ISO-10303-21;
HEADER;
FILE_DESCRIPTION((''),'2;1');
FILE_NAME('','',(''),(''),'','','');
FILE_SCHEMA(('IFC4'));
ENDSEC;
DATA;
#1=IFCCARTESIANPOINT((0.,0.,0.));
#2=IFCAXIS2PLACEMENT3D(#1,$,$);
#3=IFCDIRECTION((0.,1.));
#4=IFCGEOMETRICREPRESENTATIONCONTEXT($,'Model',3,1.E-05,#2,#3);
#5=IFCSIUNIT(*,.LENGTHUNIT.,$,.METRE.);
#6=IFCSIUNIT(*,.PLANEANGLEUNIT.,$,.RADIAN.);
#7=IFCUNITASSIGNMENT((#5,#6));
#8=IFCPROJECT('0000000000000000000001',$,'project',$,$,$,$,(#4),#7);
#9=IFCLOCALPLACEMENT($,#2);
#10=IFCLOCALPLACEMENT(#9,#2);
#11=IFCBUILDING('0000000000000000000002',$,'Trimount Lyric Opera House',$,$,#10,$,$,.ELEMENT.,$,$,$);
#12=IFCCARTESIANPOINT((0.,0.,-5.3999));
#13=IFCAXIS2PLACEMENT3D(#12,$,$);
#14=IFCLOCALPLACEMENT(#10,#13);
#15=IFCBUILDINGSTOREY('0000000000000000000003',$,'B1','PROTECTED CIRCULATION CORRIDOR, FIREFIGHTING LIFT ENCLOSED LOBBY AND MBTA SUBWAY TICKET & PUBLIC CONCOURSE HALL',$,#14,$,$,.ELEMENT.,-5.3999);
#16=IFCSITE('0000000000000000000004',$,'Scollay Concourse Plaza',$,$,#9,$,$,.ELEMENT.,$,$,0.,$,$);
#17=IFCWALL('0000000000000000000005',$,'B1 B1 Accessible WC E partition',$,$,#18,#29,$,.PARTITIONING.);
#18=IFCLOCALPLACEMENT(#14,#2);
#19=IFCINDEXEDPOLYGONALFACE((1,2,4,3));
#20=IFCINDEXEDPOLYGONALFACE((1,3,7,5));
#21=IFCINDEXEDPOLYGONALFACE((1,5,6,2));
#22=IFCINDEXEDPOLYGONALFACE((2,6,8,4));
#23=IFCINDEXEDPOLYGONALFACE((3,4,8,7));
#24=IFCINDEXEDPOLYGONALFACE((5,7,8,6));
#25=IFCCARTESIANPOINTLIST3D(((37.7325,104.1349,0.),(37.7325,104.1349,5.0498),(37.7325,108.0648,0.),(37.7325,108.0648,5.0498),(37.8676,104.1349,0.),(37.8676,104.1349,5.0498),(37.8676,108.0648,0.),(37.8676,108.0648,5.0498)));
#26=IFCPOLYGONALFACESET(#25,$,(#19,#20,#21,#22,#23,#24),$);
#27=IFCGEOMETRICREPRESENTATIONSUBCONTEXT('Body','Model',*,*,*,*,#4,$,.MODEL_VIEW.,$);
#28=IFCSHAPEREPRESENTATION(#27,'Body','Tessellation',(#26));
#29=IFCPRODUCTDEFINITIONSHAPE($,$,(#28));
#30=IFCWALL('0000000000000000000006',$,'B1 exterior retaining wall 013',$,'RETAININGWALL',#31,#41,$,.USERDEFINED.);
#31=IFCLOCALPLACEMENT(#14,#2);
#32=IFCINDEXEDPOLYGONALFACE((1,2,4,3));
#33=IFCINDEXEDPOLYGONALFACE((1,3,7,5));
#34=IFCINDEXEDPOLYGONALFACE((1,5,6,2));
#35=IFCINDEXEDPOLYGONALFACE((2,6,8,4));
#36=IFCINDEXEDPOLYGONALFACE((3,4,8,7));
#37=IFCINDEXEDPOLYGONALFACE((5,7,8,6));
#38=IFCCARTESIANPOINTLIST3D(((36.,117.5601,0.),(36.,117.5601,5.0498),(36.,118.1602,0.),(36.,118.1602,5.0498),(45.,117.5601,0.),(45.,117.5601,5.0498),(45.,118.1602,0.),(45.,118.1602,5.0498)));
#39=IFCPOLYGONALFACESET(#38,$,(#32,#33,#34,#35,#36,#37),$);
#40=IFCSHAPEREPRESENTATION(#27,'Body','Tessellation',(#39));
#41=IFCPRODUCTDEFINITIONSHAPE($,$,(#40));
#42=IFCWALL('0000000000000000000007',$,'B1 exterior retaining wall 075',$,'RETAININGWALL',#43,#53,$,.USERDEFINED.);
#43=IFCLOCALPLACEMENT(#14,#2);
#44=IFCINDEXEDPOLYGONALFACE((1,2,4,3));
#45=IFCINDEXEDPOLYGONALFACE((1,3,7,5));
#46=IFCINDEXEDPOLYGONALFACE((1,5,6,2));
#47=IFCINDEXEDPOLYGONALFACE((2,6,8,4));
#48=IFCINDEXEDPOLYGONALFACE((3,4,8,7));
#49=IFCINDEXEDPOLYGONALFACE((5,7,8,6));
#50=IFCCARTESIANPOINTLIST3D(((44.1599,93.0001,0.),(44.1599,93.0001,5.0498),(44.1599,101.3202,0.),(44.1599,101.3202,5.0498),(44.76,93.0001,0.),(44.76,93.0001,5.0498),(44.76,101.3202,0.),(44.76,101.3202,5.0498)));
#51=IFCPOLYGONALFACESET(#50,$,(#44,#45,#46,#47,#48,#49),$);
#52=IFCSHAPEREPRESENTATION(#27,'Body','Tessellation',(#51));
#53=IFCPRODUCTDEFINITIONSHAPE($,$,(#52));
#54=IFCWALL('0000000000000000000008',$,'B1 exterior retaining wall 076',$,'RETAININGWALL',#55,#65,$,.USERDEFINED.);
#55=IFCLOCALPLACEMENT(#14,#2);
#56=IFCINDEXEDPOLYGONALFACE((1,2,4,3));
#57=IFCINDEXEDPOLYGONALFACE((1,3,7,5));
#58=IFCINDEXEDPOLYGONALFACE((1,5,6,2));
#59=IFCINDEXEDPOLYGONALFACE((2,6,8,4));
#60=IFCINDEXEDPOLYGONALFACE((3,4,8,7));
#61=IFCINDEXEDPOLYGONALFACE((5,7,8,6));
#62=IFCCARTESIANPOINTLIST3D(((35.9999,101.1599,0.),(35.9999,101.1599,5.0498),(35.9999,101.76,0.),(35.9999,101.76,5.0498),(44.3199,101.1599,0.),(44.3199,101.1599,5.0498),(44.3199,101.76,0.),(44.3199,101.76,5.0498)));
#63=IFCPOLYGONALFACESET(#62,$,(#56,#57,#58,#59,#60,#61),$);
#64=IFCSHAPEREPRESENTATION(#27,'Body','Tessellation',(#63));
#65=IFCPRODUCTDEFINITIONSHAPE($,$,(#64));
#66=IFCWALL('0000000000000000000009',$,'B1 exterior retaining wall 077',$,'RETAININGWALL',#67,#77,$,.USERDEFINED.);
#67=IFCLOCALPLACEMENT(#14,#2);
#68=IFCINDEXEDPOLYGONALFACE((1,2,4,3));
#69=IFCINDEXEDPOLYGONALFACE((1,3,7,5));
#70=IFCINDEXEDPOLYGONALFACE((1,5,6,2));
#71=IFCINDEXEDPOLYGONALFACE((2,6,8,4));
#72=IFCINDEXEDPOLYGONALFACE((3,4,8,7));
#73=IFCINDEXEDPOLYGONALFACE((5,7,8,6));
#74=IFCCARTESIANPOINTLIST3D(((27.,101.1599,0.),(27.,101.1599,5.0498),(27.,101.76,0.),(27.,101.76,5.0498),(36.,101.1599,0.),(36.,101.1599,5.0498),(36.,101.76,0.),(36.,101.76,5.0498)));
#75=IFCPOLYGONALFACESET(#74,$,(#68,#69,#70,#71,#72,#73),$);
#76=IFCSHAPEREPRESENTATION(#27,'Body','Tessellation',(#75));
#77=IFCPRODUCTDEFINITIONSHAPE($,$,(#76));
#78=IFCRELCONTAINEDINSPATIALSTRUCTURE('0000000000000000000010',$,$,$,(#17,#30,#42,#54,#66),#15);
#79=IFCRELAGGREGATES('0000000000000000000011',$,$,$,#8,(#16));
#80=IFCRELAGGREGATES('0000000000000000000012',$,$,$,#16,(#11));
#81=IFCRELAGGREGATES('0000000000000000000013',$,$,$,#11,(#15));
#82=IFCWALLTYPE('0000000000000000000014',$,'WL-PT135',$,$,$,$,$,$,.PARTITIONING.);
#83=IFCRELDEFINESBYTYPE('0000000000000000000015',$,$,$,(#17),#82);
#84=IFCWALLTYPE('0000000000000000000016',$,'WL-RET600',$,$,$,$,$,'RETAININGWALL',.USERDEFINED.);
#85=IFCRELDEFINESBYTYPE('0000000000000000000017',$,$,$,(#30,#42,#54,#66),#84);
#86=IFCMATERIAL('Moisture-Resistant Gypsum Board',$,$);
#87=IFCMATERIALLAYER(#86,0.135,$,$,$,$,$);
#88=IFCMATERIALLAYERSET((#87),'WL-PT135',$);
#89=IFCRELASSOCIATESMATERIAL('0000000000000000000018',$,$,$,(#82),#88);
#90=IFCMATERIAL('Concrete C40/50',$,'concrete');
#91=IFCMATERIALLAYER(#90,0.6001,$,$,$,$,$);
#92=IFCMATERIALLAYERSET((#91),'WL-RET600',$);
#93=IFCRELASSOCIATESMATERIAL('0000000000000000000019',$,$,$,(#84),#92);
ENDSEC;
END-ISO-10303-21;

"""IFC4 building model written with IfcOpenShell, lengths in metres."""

from ifc_helpers import new_model, si_unit, direction, frame, frame_2d, origin, place, context, subcontext, project, spatial, rectangle, extrude, material, layer, layer_set, type_object, element, save


model = new_model("IFC4")

# Units and contexts
model_context = context("Model", 3, precision=1e-05, world=origin(), true_north=direction((0.0, 1.0)))
body_context = subcontext(model_context, "Body", "Model", "MODEL_VIEW")
ifc_project = project(units=[si_unit("LENGTHUNIT", "METRE"), si_unit("PLANEANGLEUNIT", "RADIAN")], contexts=[model_context])

# Site, building, storey
site_placement = place(None, origin())
site = spatial("IfcSite", under=ifc_project, at=site_placement, Name="Scollay Concourse Plaza", CompositionType="ELEMENT", RefElevation=0.0)
building_placement = place(site_placement, origin())
building = spatial("IfcBuilding", under=site, at=building_placement, Name="Trimount Lyric Opera House", CompositionType="ELEMENT")
storey_placement = place(building_placement, frame((0.0, 0.0, -5.3999)))
storey = spatial("IfcBuildingStorey", under=building, at=storey_placement, Name="B1", Description="PROTECTED CIRCULATION CORRIDOR, FIREFIGHTING LIFT ENCLOSED LOBBY AND MBTA SUBWAY TICKET & PUBLIC CONCOURSE HALL", CompositionType="ELEMENT", Elevation=-5.3999)

# Shared definitions
ifc_material_1 = material(Name="Moisture-Resistant Gypsum Board")
ifc_layer_1 = layer(ifc_material_1, 0.135)
ifc_layer_set_1 = layer_set([ifc_layer_1], Name="WL-PT135")
wall_type_1 = type_object("IfcWallType", Name="WL-PT135", PredefinedType="PARTITIONING", material=ifc_layer_set_1)

# Walls
wall_1_placement = place(storey_placement, frame((37.8, 104.135, 0.0), z_axis=(0.0, 0.0, 1.0), x_axis=(0.0, 1.0, 0.0)))
element("IfcWall", 1, at=wall_1_placement, inside=storey, type_object=wall_type_1, Name="B1 B1 Accessible WC E partition", PredefinedType="PARTITIONING", context=body_context, shape_type="SweptSolid", body=[
    extrude(rectangle(XDim=3.9299, YDim=0.135, at=frame_2d((1.9648, 0.0))), origin(), (0.0, 0.0, 1.0), 5.0498),
])
ifc_material_2 = material(Name="Concrete C40/50", Category="concrete")
ifc_layer_2 = layer(ifc_material_2, 0.6001)
ifc_layer_set_2 = layer_set([ifc_layer_2], Name="WL-RET600")
wall_type_2 = type_object("IfcWallType", Name="WL-RET600", ElementType="RETAININGWALL", PredefinedType="USERDEFINED", material=ifc_layer_set_2)
wall_2_placement = place(storey_placement, frame((36.0, 117.8601, 0.0), z_axis=(0.0, 0.0, 1.0), x_axis=(1.0, 0.0, 0.0)))
element("IfcWall", 2, at=wall_2_placement, inside=storey, type_object=wall_type_2, Name="B1 exterior retaining wall 013", ObjectType="RETAININGWALL", PredefinedType="USERDEFINED", context=body_context, shape_type="SweptSolid", body=[
    extrude(rectangle(XDim=9.0, YDim=0.6001, at=frame_2d((4.5, 0.0))), origin(), (0.0, 0.0, 1.0), 5.0498),
])
for number, where, z_axis, x_axis, name in (
    (3, (44.46, 93.0, 0.0), (0.0, 0.0, 1.0), (0.0, 1.0, 0.0), "B1 exterior retaining wall 075"),
    (4, (44.3201, 101.46, 0.0), (0.0, 0.0, 1.0), (-1.0, 0.0, 0.0), "B1 exterior retaining wall 076"),
):
    element("IfcWall", number, at=place(storey_placement, frame(where, z_axis=z_axis, x_axis=x_axis)), inside=storey, type_object=wall_type_2, Name=name, ObjectType="RETAININGWALL", PredefinedType="USERDEFINED", context=body_context, shape_type="SweptSolid", body=[
        extrude(rectangle(XDim=8.3201, YDim=0.6001, at=frame_2d((4.1602, 0.0))), origin(), (0.0, 0.0, 1.0), 5.0498),
    ])
wall_3_placement = place(storey_placement, frame((36.0, 101.46, 0.0), z_axis=(0.0, 0.0, 1.0), x_axis=(-1.0, 0.0, 0.0)))
element("IfcWall", 5, at=wall_3_placement, inside=storey, type_object=wall_type_2, Name="B1 exterior retaining wall 077", ObjectType="RETAININGWALL", PredefinedType="USERDEFINED", context=body_context, shape_type="SweptSolid", body=[
    extrude(rectangle(XDim=9.0, YDim=0.6001, at=frame_2d((4.5, 0.0))), origin(), (0.0, 0.0, 1.0), 5.0498),
])

save(model, "model.ifc")
